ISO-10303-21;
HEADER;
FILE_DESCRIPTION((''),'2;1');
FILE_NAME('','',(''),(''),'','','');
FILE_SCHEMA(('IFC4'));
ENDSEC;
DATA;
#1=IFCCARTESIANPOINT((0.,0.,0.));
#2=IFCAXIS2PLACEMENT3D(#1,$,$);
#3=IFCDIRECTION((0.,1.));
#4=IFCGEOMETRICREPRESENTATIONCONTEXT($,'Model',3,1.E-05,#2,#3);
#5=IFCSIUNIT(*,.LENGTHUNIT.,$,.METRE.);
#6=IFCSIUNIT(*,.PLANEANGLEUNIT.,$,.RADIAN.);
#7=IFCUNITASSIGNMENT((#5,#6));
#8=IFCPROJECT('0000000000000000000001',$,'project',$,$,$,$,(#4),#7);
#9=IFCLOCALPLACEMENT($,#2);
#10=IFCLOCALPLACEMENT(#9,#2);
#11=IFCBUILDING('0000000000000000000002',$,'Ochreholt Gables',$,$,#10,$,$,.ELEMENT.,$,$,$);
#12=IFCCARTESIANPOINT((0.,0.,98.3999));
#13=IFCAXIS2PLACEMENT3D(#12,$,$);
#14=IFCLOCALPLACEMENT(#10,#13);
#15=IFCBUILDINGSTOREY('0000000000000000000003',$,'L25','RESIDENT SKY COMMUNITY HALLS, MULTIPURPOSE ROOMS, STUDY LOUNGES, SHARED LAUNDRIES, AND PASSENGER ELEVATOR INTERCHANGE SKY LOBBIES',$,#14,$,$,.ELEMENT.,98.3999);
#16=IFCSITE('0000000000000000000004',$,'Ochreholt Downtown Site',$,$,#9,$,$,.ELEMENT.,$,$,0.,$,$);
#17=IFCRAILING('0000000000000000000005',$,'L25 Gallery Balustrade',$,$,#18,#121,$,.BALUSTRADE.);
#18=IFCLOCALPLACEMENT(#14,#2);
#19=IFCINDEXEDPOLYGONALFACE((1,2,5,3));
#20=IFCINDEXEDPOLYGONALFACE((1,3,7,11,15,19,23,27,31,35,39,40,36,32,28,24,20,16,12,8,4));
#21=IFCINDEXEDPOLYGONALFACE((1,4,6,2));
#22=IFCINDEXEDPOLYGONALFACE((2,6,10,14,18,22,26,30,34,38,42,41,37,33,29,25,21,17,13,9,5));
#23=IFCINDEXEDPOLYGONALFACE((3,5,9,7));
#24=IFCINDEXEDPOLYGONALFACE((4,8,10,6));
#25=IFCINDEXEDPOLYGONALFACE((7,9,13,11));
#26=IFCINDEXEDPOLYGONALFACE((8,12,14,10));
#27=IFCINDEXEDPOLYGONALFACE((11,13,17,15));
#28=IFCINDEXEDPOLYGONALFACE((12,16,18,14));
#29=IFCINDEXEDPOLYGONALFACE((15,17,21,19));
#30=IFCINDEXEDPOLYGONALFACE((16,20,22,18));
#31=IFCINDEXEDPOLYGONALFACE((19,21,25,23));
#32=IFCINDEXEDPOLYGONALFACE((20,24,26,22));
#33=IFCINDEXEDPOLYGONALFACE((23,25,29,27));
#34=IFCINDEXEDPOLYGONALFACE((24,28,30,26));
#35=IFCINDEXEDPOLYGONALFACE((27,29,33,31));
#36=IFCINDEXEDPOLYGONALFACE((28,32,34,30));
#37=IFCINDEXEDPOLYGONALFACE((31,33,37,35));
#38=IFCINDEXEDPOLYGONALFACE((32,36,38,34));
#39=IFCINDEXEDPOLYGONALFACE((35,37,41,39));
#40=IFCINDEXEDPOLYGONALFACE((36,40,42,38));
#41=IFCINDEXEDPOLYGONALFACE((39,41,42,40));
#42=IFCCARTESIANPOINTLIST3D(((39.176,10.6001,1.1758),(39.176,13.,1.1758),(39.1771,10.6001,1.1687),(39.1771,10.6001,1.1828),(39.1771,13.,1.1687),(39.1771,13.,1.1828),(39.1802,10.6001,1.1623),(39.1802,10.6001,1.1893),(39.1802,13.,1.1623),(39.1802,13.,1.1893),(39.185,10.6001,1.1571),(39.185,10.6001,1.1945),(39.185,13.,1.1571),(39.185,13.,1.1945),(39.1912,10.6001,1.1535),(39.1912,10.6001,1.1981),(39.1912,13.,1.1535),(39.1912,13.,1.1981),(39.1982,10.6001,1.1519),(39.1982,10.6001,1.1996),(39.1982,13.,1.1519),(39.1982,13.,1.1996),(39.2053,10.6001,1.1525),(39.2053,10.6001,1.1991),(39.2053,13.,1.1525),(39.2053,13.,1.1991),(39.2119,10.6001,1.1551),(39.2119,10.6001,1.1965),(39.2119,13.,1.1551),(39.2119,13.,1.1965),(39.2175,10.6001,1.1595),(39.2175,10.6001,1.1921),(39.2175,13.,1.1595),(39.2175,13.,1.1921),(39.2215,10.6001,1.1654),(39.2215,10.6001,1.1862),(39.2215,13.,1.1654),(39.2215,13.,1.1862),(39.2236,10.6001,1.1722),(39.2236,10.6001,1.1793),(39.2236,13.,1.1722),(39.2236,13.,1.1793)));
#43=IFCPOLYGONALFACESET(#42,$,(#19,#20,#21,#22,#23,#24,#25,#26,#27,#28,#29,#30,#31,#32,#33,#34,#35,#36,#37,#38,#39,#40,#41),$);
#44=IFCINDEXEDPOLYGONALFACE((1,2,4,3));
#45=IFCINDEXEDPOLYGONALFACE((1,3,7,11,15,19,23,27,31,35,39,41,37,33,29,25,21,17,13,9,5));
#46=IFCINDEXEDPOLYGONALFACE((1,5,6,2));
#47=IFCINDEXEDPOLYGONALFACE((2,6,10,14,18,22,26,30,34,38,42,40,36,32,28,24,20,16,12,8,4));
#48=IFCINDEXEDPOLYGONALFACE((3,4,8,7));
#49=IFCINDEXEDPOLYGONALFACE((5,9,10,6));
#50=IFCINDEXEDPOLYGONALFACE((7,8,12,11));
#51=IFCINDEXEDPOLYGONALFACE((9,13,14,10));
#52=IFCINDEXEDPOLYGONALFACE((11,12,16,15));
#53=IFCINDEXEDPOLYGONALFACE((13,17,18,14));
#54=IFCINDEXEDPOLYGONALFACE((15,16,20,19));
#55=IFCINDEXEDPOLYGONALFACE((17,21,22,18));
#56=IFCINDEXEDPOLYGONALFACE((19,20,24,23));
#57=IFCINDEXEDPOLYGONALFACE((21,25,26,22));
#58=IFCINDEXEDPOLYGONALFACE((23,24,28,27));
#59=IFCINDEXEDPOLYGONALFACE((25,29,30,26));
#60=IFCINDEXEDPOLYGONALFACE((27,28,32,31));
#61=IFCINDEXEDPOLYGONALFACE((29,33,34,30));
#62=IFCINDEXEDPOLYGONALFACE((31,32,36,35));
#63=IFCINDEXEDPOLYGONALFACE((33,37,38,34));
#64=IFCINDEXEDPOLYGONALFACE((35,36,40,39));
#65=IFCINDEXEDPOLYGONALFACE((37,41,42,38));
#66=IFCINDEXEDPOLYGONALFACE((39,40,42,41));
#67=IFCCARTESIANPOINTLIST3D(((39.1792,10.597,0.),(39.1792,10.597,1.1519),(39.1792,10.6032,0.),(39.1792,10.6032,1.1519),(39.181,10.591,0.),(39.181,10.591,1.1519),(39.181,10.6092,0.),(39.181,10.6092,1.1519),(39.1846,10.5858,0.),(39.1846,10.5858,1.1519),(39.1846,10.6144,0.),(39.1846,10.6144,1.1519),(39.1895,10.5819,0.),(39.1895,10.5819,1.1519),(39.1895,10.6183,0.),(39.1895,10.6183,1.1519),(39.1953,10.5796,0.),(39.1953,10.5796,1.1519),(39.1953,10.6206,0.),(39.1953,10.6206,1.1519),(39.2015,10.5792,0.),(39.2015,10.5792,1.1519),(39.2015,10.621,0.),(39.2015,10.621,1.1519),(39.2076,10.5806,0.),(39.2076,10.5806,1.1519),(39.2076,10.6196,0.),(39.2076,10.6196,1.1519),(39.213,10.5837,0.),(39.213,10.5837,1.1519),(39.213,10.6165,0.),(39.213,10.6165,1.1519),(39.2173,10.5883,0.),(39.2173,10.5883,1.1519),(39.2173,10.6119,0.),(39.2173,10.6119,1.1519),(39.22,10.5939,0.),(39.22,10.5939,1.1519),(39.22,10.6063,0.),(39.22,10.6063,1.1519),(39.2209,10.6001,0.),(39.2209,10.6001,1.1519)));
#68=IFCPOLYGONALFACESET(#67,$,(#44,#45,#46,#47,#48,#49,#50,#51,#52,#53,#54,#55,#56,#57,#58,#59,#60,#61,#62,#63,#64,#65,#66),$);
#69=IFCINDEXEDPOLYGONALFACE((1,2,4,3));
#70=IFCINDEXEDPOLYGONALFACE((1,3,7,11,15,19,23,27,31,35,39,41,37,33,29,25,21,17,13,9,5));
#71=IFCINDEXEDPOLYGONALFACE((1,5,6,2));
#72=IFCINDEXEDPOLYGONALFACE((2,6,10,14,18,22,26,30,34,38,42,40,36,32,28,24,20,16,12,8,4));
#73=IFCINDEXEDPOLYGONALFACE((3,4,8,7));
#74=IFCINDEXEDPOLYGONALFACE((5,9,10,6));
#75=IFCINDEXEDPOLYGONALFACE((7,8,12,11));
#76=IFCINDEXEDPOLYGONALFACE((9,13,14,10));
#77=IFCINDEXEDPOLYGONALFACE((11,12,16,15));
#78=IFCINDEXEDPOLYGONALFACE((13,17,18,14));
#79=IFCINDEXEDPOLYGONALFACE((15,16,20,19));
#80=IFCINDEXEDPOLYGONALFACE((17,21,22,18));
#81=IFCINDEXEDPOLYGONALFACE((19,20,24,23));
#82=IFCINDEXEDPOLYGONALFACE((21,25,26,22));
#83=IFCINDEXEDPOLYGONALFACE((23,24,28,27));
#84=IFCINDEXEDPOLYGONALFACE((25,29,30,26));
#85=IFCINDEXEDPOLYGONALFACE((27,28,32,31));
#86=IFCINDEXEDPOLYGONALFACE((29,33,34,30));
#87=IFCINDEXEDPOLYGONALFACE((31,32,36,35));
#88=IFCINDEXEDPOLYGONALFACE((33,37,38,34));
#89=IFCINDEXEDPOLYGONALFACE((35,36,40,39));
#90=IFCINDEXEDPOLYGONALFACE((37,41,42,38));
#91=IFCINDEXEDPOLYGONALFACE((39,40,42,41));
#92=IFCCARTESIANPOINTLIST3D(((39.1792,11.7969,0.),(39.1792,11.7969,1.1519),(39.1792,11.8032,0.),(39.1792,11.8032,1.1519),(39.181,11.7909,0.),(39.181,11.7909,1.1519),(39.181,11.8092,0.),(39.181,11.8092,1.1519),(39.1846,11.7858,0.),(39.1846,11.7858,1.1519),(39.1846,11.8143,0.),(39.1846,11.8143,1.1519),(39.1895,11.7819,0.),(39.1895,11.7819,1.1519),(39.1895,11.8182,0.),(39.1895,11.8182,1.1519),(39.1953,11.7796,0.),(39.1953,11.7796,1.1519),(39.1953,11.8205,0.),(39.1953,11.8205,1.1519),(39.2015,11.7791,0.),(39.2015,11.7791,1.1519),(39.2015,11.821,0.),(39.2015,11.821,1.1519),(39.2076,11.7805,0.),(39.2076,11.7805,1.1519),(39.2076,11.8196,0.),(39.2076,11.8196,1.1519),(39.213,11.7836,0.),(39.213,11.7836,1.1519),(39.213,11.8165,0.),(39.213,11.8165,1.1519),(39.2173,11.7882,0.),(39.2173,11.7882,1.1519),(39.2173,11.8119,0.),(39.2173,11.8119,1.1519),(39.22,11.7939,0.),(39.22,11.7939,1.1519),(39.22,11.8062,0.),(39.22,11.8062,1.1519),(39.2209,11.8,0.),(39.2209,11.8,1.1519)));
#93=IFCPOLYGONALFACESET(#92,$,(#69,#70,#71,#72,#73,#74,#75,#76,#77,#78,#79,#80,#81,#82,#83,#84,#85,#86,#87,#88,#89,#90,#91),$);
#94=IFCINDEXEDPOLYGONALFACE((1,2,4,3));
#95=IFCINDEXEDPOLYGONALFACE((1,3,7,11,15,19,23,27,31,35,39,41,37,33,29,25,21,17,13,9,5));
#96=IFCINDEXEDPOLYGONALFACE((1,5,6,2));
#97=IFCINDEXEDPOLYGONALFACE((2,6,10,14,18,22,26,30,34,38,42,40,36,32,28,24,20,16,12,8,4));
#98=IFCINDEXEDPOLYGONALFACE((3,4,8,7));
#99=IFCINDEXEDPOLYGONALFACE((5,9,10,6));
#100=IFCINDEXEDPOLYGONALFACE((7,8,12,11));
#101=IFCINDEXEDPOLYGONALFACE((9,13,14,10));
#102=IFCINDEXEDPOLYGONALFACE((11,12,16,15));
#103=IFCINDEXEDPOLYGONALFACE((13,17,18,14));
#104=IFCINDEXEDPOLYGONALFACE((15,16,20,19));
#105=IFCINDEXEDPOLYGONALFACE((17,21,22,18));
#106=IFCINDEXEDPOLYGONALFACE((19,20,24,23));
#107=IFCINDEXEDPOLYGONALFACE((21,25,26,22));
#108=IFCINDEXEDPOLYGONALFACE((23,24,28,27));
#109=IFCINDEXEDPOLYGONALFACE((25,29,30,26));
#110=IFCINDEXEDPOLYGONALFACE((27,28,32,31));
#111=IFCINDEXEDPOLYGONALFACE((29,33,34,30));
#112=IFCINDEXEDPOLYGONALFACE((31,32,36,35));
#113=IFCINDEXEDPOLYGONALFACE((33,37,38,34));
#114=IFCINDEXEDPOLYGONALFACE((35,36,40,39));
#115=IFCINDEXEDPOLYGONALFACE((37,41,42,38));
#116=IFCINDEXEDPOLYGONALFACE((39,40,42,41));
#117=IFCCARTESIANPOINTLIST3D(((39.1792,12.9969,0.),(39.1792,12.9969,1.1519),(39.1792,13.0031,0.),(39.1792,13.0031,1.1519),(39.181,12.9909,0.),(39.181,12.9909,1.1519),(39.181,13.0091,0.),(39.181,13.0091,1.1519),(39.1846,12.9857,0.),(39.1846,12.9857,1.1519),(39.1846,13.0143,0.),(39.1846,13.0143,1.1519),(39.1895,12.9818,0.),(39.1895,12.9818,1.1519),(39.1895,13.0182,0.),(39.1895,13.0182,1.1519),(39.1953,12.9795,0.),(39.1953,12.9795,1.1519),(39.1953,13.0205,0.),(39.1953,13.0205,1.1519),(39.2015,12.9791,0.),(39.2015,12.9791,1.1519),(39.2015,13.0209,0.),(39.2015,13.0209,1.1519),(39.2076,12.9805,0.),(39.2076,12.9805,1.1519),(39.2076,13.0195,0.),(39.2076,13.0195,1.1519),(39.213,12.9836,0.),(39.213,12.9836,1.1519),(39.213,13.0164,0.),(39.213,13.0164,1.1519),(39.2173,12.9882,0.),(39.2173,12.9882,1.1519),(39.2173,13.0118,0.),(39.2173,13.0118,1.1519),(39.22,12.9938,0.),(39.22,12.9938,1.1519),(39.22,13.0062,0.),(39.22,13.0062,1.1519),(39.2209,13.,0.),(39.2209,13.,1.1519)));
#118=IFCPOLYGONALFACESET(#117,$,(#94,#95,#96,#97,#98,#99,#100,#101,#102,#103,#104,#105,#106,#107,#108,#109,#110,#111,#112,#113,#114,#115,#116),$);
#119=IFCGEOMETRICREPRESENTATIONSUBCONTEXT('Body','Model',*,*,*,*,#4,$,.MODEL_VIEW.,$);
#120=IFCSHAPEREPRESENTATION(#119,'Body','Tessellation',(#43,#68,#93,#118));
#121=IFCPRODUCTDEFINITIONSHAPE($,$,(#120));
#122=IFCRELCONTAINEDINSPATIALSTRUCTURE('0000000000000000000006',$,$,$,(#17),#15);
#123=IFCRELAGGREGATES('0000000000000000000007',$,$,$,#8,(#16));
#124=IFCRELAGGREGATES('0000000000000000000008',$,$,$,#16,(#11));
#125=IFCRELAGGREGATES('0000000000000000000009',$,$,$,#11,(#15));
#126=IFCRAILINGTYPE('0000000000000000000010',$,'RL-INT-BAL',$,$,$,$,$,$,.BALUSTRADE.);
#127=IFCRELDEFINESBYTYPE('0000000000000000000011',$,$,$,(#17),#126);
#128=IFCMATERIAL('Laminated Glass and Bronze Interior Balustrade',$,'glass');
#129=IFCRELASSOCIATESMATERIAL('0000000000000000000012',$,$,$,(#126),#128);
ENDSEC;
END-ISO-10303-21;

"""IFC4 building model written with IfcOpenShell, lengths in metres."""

from ifc_helpers import new_model, si_unit, direction, frame, origin, origin_2d, place, context, subcontext, project, spatial, circle, extrude, material, type_object, element, save


model = new_model("IFC4")

# Units and contexts
model_context = context("Model", 3, precision=1e-05, world=origin(), true_north=direction((0.0, 1.0)))
body_context = subcontext(model_context, "Body", "Model", "MODEL_VIEW")
ifc_project = project(units=[si_unit("LENGTHUNIT", "METRE"), si_unit("PLANEANGLEUNIT", "RADIAN")], contexts=[model_context])

# Site, building, storey
site_placement = place(None, origin())
site = spatial("IfcSite", under=ifc_project, at=site_placement, Name="Ochreholt Downtown Site", CompositionType="ELEMENT", RefElevation=0.0)
building_placement = place(site_placement, origin())
building = spatial("IfcBuilding", under=site, at=building_placement, Name="Ochreholt Gables", CompositionType="ELEMENT")
storey_placement = place(building_placement, frame((0.0, 0.0, 98.3999)))
storey = spatial("IfcBuildingStorey", under=building, at=storey_placement, Name="L25", Description="RESIDENT SKY COMMUNITY HALLS, MULTIPURPOSE ROOMS, STUDY LOUNGES, SHARED LAUNDRIES, AND PASSENGER ELEVATOR INTERCHANGE SKY LOBBIES", CompositionType="ELEMENT", Elevation=98.3999)

# Railing
ifc_material_1 = material(Name="Laminated Glass and Bronze Interior Balustrade", Category="glass")
railing_type = type_object("IfcRailingType", Name="RL-INT-BAL", PredefinedType="BALUSTRADE", material=ifc_material_1)
railing_placement = place(storey_placement, frame((39.2, 10.6001, 0.0)))
element("IfcRailing", 1, at=railing_placement, inside=storey, type_object=railing_type, Name="L25 Gallery Balustrade", PredefinedType="BALUSTRADE", context=body_context, shape_type="SweptSolid", body=[
    extrude(circle(Radius=0.0239, at=origin_2d()), frame((0.0, 0.0, 1.1758), z_axis=(0.0, 1.0, 0.0), x_axis=(-1.0, 0.0, 0.0)), (0.0, 0.0, 1.0), 2.3999),
    extrude(circle(Radius=0.021, at=origin_2d()), origin(), (0.0, 0.0, 1.0), 1.1519),
    extrude(circle(Radius=0.021, at=origin_2d()), frame((0.0, 1.2, 0.0)), (0.0, 0.0, 1.0), 1.1519),
    extrude(circle(Radius=0.021, at=origin_2d()), frame((0.0, 2.3999, 0.0)), (0.0, 0.0, 1.0), 1.1519),
])

save(model, "model.ifc")
